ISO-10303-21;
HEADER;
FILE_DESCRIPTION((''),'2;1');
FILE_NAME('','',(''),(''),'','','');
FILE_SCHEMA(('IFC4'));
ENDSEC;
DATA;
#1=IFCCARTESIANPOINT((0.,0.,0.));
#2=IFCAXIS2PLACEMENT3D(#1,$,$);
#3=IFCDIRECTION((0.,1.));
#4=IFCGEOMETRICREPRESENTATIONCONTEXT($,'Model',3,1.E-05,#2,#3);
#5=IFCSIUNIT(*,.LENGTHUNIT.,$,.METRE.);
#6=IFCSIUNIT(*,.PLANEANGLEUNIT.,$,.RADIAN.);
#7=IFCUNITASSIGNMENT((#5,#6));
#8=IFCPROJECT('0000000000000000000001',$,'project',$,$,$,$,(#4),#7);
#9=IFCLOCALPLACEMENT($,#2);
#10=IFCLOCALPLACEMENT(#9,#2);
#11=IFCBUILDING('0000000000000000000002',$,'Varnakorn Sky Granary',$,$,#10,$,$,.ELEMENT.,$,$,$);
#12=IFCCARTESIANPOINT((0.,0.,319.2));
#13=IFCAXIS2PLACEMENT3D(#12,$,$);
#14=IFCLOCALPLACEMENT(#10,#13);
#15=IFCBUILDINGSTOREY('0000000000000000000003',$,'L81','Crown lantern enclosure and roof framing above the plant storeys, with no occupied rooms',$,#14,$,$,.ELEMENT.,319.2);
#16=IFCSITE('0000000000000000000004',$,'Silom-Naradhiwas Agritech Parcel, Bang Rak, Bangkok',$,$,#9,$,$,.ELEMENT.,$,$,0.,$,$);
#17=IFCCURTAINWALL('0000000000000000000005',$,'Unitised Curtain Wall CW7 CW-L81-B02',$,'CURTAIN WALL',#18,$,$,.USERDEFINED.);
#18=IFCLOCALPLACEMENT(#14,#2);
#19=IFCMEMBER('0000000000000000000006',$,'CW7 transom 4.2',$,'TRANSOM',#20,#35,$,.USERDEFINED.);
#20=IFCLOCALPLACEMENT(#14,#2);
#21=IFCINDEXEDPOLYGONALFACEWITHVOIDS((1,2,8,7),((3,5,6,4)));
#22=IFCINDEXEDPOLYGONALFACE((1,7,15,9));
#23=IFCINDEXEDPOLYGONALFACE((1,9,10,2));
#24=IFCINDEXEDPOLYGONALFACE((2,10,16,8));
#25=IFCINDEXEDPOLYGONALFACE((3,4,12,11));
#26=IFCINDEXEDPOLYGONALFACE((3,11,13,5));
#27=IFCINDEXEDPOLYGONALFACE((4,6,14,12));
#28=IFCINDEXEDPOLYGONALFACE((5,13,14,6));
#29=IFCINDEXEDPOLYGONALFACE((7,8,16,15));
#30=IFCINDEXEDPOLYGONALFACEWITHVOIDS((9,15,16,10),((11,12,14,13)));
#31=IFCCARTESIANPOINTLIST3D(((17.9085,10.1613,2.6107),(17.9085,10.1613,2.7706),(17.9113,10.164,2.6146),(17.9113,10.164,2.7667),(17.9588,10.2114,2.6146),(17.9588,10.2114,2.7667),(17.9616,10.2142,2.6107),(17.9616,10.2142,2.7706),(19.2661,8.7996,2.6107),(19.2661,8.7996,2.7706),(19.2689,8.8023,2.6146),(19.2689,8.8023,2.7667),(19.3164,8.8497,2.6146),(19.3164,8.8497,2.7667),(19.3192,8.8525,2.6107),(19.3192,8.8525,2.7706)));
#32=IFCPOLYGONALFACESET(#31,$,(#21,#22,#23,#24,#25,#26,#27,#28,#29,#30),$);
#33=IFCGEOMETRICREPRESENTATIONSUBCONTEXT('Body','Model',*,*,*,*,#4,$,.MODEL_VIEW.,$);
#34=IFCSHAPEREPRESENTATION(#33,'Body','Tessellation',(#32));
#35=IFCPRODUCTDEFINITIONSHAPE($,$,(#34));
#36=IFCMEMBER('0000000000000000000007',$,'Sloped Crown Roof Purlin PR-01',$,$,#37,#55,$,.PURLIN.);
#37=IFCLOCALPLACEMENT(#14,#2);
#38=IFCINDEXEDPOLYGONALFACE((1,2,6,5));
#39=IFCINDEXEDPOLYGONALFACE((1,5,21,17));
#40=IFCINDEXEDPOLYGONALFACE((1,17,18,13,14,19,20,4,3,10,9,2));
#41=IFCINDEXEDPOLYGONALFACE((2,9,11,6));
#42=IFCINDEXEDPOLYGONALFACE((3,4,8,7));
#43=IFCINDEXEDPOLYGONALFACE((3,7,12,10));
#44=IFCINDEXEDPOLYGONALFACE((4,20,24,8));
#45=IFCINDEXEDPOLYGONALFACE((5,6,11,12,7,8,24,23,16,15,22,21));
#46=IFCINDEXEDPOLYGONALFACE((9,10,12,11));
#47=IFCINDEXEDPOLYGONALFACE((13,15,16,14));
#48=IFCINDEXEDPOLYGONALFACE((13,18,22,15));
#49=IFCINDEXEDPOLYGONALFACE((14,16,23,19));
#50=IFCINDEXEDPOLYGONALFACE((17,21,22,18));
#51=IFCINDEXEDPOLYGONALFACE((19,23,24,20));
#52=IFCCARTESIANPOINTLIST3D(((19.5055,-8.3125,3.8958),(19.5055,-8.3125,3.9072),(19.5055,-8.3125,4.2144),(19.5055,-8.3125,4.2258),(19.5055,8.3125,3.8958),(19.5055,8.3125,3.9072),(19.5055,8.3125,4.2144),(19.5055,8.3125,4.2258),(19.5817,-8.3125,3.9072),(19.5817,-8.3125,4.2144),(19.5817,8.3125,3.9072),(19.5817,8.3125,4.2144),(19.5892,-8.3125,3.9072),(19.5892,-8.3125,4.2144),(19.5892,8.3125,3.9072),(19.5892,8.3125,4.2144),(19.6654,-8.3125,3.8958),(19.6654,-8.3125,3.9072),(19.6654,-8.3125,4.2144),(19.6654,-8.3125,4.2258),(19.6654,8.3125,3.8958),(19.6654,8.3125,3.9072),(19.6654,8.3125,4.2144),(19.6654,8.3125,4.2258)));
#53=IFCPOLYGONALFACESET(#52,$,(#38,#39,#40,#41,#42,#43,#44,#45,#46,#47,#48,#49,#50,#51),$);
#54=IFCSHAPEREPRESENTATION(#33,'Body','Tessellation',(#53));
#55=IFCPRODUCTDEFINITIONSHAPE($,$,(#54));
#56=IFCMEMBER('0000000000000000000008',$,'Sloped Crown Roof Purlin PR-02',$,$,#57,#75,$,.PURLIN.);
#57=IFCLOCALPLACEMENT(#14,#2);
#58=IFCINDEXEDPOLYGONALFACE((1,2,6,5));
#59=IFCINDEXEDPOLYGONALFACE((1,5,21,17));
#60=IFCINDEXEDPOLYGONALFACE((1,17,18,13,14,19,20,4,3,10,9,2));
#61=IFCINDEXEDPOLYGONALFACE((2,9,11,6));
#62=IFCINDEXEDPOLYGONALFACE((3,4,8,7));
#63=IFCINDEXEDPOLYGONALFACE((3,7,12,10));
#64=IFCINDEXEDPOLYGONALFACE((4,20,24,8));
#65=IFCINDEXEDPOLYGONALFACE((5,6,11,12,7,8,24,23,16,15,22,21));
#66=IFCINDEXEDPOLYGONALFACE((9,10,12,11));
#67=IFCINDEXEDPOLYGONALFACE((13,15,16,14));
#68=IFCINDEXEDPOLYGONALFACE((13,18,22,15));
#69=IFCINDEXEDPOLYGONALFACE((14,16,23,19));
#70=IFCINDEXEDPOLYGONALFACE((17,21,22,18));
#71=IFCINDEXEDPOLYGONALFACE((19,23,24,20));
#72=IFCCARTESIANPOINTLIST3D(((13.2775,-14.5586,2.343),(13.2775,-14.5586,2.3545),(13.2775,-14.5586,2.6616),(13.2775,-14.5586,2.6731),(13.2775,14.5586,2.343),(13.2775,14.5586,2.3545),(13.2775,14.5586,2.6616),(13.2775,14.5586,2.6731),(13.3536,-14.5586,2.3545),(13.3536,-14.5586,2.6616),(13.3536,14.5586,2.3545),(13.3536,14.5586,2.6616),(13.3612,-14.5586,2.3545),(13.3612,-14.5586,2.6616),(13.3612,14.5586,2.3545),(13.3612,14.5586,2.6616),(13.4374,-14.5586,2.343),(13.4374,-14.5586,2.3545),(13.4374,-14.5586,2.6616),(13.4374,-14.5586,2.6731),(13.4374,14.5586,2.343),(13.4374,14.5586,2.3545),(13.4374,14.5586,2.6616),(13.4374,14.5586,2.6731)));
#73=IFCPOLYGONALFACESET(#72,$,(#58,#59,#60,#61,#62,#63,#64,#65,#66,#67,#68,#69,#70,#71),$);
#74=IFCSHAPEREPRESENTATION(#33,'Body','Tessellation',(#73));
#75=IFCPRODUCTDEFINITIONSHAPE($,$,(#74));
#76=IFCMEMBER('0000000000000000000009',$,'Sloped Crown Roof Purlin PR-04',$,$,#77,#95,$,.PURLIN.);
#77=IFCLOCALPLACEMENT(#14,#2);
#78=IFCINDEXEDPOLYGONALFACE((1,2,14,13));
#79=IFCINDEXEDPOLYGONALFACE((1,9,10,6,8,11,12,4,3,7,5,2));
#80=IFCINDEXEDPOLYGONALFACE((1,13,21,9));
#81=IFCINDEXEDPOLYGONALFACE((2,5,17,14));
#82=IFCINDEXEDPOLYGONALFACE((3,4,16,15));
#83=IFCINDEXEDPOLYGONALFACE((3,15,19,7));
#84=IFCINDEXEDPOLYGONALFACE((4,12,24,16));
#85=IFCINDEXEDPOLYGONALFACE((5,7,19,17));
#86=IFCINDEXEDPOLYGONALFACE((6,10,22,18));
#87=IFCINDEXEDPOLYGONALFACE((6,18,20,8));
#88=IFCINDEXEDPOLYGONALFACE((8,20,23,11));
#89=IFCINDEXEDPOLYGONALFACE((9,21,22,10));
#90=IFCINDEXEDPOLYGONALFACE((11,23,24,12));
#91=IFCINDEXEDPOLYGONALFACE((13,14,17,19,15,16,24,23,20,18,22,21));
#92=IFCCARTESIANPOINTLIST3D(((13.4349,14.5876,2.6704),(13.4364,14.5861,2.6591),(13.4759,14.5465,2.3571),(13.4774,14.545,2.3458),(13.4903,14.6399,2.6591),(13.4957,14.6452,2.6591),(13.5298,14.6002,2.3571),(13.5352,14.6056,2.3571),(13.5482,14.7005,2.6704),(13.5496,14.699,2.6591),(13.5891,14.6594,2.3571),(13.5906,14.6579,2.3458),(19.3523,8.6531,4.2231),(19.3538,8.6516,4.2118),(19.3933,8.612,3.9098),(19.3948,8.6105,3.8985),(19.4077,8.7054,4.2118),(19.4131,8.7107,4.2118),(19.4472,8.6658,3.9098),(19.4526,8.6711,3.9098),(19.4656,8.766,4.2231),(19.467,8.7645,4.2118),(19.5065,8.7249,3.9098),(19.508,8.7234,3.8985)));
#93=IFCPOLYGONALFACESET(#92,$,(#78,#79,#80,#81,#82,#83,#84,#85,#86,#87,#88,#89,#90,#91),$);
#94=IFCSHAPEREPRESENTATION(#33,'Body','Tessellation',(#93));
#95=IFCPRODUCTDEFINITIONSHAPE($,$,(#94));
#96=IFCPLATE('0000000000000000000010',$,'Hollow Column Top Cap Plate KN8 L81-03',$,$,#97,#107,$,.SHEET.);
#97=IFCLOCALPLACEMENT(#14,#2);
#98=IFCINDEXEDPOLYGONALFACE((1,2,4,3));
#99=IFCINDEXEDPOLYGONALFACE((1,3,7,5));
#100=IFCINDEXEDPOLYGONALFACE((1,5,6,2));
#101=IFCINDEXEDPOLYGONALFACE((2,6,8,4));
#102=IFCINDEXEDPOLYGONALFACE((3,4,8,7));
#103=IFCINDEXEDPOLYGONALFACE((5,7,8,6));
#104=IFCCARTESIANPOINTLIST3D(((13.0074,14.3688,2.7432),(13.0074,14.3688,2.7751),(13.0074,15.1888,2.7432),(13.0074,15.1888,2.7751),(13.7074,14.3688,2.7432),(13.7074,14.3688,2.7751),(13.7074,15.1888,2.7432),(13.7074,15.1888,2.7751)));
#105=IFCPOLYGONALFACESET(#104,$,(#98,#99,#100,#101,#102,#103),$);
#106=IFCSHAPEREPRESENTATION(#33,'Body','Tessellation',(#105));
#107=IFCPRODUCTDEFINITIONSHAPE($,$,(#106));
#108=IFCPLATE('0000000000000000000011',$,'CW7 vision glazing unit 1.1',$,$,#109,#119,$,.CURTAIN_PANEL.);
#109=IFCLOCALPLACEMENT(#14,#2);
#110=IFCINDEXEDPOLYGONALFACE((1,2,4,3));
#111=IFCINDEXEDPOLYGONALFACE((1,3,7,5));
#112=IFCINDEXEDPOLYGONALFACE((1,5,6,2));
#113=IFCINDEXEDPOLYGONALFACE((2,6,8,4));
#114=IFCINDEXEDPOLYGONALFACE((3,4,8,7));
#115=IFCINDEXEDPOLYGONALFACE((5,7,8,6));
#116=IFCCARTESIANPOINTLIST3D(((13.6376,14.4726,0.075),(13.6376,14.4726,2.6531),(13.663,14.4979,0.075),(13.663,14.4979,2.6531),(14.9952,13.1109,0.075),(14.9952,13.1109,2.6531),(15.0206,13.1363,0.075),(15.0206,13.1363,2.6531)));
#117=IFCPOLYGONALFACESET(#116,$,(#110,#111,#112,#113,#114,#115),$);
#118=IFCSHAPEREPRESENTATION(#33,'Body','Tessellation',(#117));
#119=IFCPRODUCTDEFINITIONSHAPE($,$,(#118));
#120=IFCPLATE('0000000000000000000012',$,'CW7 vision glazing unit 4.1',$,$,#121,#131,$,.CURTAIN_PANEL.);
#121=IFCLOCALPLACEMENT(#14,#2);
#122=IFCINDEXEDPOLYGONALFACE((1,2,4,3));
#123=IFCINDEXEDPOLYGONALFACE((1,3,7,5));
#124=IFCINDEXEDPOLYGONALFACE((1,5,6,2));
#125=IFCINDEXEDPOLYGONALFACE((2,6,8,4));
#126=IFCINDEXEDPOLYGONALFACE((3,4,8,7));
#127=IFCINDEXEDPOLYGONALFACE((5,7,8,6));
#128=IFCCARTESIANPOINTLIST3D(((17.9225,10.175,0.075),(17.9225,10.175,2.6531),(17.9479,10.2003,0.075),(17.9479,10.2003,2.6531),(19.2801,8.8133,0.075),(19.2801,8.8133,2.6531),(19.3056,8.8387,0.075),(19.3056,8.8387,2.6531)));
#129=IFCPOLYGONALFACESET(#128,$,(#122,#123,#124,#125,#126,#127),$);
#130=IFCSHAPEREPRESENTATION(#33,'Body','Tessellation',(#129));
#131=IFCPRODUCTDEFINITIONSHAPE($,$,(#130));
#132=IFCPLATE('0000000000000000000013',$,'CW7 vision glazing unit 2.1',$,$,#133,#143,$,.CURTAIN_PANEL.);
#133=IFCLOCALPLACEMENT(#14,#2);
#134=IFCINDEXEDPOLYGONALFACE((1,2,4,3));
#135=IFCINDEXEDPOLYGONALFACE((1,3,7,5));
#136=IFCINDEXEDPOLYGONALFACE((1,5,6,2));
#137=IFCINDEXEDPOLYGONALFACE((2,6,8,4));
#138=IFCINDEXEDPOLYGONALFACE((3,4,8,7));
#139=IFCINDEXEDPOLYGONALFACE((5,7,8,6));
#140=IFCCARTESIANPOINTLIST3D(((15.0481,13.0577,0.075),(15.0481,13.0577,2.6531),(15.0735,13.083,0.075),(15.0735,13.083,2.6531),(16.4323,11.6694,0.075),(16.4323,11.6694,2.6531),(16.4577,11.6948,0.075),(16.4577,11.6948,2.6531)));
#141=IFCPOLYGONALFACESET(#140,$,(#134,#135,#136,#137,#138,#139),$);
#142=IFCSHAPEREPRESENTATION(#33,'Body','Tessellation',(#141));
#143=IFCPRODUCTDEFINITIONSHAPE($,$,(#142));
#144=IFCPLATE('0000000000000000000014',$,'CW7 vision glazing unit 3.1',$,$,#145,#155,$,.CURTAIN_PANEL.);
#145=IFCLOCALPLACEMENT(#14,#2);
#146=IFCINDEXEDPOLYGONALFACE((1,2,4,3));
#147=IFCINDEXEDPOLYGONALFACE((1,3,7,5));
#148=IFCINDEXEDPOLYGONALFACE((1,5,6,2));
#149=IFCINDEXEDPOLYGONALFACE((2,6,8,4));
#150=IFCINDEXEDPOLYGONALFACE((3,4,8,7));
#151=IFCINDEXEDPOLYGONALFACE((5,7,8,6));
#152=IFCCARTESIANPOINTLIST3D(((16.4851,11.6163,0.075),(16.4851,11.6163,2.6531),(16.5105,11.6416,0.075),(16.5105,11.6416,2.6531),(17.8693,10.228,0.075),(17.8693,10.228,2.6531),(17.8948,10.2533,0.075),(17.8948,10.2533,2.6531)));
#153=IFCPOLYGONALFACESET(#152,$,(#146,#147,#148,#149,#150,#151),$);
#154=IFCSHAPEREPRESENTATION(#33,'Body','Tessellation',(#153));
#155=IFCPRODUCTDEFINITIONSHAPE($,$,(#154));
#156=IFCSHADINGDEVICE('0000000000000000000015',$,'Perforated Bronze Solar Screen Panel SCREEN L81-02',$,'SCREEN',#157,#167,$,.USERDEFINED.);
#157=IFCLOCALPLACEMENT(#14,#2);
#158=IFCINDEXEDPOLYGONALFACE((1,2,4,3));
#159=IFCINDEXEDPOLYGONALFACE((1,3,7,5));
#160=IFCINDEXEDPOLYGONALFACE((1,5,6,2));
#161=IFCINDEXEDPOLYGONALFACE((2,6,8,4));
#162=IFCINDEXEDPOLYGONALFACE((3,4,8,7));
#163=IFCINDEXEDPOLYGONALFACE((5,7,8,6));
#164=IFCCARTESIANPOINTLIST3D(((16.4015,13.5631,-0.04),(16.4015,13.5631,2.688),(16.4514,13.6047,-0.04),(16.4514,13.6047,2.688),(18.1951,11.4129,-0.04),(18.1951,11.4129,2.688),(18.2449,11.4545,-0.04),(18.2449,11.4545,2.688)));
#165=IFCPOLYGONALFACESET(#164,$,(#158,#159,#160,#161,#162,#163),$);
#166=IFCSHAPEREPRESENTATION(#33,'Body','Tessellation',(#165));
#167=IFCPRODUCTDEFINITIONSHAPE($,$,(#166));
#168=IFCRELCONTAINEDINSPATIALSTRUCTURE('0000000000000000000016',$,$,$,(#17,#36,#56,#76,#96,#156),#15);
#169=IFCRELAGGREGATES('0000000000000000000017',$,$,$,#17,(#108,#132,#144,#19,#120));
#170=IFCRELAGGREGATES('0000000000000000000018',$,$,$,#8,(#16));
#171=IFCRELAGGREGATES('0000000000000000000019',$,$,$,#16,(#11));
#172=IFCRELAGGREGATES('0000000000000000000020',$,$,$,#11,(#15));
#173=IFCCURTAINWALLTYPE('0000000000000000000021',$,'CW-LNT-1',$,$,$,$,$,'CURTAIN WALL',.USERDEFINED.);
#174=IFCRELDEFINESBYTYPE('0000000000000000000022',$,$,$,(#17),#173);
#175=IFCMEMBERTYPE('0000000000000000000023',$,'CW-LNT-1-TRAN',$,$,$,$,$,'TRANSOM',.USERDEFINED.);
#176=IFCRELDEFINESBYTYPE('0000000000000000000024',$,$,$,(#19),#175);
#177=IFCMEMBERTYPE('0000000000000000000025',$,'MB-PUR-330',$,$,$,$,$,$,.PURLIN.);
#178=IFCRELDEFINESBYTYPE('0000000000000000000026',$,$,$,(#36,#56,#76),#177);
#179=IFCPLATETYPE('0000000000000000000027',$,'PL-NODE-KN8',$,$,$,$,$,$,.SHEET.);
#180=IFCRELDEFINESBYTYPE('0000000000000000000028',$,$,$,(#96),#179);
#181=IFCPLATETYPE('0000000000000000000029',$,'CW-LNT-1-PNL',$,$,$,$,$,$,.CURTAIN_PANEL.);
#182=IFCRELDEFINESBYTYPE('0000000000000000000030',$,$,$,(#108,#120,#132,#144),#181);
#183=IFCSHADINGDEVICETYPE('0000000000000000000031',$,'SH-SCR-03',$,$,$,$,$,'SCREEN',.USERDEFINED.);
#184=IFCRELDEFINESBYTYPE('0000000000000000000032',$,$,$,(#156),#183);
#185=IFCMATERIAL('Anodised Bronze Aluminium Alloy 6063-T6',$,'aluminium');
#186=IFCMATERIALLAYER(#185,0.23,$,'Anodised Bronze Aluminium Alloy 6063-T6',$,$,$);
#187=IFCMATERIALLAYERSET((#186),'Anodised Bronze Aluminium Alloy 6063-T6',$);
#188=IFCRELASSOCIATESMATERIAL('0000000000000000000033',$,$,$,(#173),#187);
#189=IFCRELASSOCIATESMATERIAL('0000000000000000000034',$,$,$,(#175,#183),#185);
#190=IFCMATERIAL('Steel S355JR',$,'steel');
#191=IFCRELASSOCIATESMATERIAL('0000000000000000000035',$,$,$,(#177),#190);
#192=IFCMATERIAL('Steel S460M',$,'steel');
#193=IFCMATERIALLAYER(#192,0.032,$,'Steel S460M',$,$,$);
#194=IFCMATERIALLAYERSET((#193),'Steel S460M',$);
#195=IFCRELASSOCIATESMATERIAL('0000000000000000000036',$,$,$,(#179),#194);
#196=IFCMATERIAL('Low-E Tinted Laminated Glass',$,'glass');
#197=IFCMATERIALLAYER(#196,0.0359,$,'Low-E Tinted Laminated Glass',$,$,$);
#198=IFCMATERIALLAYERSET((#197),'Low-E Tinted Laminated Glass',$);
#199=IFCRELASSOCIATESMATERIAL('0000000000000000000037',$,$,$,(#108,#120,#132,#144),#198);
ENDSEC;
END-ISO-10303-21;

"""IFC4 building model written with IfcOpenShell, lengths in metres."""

from ifc_helpers import new_model, si_unit, direction, frame, origin, origin_2d, place, context, subcontext, project, spatial, rectangle, hollow_rectangle, i_section, extrude, source, transform, mapped, material, layer, layer_set, material_profile, profile_set, type_object, type_shapes, element, aggregate, save


model = new_model("IFC4")

# Units and contexts
model_context = context("Model", 3, precision=1e-05, world=origin(), true_north=direction((0.0, 1.0)))
body_context = subcontext(model_context, "Body", "Model", "MODEL_VIEW")
ifc_project = project(units=[si_unit("LENGTHUNIT", "METRE"), si_unit("PLANEANGLEUNIT", "RADIAN")], contexts=[model_context])

# Site, building, storey
site_placement = place(None, origin())
site = spatial("IfcSite", under=ifc_project, at=site_placement, Name="Silom-Naradhiwas Agritech Parcel, Bang Rak, Bangkok", CompositionType="ELEMENT", RefElevation=0.0)
building_placement = place(site_placement, origin())
building = spatial("IfcBuilding", under=site, at=building_placement, Name="Varnakorn Sky Granary", CompositionType="ELEMENT")
storey_placement = place(building_placement, frame((0.0, 0.0, 319.2)))
storey = spatial("IfcBuildingStorey", under=building, at=storey_placement, Name="L81", Description="Crown lantern enclosure and roof framing above the plant storeys, with no occupied rooms", CompositionType="ELEMENT", Elevation=319.2)

# Shared definitions
ifc_material_1 = material(Name="Steel S460M", Category="steel")

# Shared definitions
ifc_material_2 = material(Name="Steel S355JR", Category="steel")

# Curtain wall
ifc_material_3 = material(Name="Anodised Bronze Aluminium Alloy 6063-T6", Category="aluminium")
ifc_layer_1 = layer(ifc_material_3, 0.23, Name="Anodised Bronze Aluminium Alloy 6063-T6")
ifc_layer_set_1 = layer_set([ifc_layer_1], Name="Anodised Bronze Aluminium Alloy 6063-T6")
curtain_wall_type = type_object("IfcCurtainWallType", Name="CW-LNT-1", ElementType="CURTAIN WALL", PredefinedType="USERDEFINED", material=ifc_layer_set_1)
curtain_wall_1_placement = place(storey_placement, origin())
curtain_wall_1 = element("IfcCurtainWall", 1, at=curtain_wall_1_placement, inside=storey, type_object=curtain_wall_type, Name="Unitised Curtain Wall CW7 CW-L81-B02", ObjectType="CURTAIN WALL", PredefinedType="USERDEFINED")

# Member
ifc_material_profile_1 = material_profile(ifc_material_3, hollow_rectangle(XDim=0.075, YDim=0.1599, WallThickness=0.0039, at=origin_2d()), Name="ALU TRAN 75x160")
ifc_profile_set_1 = profile_set([ifc_material_profile_1], Name="Anodised Bronze Aluminium Alloy 6063-T6")
member_type_1 = type_object("IfcMemberType", Name="CW-LNT-1-TRAN", ElementType="TRANSOM", PredefinedType="USERDEFINED", material=ifc_profile_set_1)
member_1_placement = place(storey_placement, frame((17.9351, 10.1877, 2.6907), z_axis=(0.706027, -0.708185, 0.0), x_axis=(0.708185, 0.706027, 0.0)))
member_1 = element("IfcMember", 2, at=member_1_placement, type_object=member_type_1, Name="CW7 transom 4.2", ObjectType="TRANSOM", PredefinedType="USERDEFINED", context=body_context, shape_type="SweptSolid", body=[
    extrude(hollow_rectangle(XDim=0.075, YDim=0.1599, WallThickness=0.0039, at=origin_2d()), origin(), (0.0, 0.0, 1.0), 1.9229),
])

# Members
ifc_material_profile_2 = material_profile(ifc_material_2, i_section(OverallWidth=0.1599, OverallDepth=0.3301, WebThickness=0.0076, FlangeThickness=0.0115, at=origin_2d()), Name="IPE 330")
ifc_profile_set_2 = profile_set([ifc_material_profile_2], Name="Steel S355JR")
member_type_2 = type_object("IfcMemberType", Name="MB-PUR-330", PredefinedType="PURLIN", material=ifc_profile_set_2)
member_2_placement = place(storey_placement, frame((19.5854, 8.3125, 4.0608), z_axis=(0.0, -1.0, 0.0), x_axis=(1.0, 0.0, 0.0)))
element("IfcMember", 3, at=member_2_placement, inside=storey, type_object=member_type_2, Name="Sloped Crown Roof Purlin PR-01", PredefinedType="PURLIN", context=body_context, shape_type="SweptSolid", body=[
    extrude(i_section(OverallWidth=0.1599, OverallDepth=0.3301, WebThickness=0.0076, FlangeThickness=0.0115, at=origin_2d()), origin(), (0.0, 0.0, 1.0), 16.625),
])
member_3_placement = place(storey_placement, frame((13.3574, 14.5586, 2.5081), z_axis=(0.0, -1.0, 0.0), x_axis=(1.0, 0.0, 0.0)))
element("IfcMember", 4, at=member_3_placement, inside=storey, type_object=member_type_2, Name="Sloped Crown Roof Purlin PR-02", PredefinedType="PURLIN", context=body_context, shape_type="SweptSolid", body=[
    extrude(i_section(OverallWidth=0.1599, OverallDepth=0.3301, WebThickness=0.0076, FlangeThickness=0.0115, at=origin_2d()), origin(), (0.0, 0.0, 1.0), 29.1172),
])
member_4_placement = place(storey_placement, frame((19.4302, 8.6882, 4.0608), z_axis=(-0.694271, 0.696276, -0.182175), x_axis=(-0.708126, -0.706086, 0.0)))
element("IfcMember", 5, at=member_4_placement, inside=storey, type_object=member_type_2, Name="Sloped Crown Roof Purlin PR-04", PredefinedType="PURLIN", context=body_context, shape_type="SweptSolid", body=[
    extrude(i_section(OverallWidth=0.1599, OverallDepth=0.3301, WebThickness=0.0076, FlangeThickness=0.0115, at=origin_2d()), origin(), (0.0, 0.0, 1.0), 8.5232),
])

# Plates
ifc_layer_2 = layer(ifc_material_1, 0.032, Name="Steel S460M")
ifc_layer_set_2 = layer_set([ifc_layer_2], Name="Steel S460M")
plate_type_1 = type_object("IfcPlateType", Name="PL-NODE-KN8", PredefinedType="SHEET", material=ifc_layer_set_2)
plate_1_placement = place(storey_placement, frame((13.3574, 14.7788, 2.7432), z_axis=(0.0, 0.0, 1.0), x_axis=(1.0, 0.0, 0.0)))
element("IfcPlate", 6, at=plate_1_placement, inside=storey, type_object=plate_type_1, Name="Hollow Column Top Cap Plate KN8 L81-03", PredefinedType="SHEET", context=body_context, shape_type="SweptSolid", body=[
    extrude(rectangle(XDim=0.7, YDim=0.8201, at=origin_2d()), origin(), (0.0, 0.0, 1.0), 0.032),
])
ifc_material_4 = material(Name="Low-E Tinted Laminated Glass", Category="glass")
ifc_layer_3 = layer(ifc_material_4, 0.0359, Name="Low-E Tinted Laminated Glass")
ifc_layer_set_3 = layer_set([ifc_layer_3], Name="Low-E Tinted Laminated Glass")
plate_type_2 = type_object("IfcPlateType", Name="CW-LNT-1-PNL", PredefinedType="CURTAIN_PANEL")
shared_shape_1 = source(origin(), body_context, "Body", "SweptSolid", [
    extrude(rectangle(XDim=1.9229, YDim=0.0359, at=origin_2d()), origin(), (0.0, 0.0, 1.0), 2.5781),
])
plate_2_placement = place(storey_placement, frame((14.3291, 13.8044, 0.075), z_axis=(0.0, 0.0, 1.0), x_axis=(0.706068, -0.708144, 0.0)))
plate_2 = element("IfcPlate", 7, at=plate_2_placement, type_object=plate_type_2, material=ifc_layer_set_3, Name="CW7 vision glazing unit 1.1", PredefinedType="CURTAIN_PANEL", context=body_context, shape_type="MappedRepresentation", body=[
    mapped(shared_shape_1, transform((0.0, 0.0, 0.0), x_axis=(1.0, 0.0, 0.0), y_axis=(0.0, 1.0, 0.0), z_axis=(0.0, 0.0, 1.0), scale=1.0)),
])
plate_3_placement = place(storey_placement, frame((18.614, 9.5068, 0.075), z_axis=(0.0, 0.0, 1.0), x_axis=(0.706068, -0.708144, 0.0)))
plate_3 = element("IfcPlate", 8, at=plate_3_placement, type_object=plate_type_2, material=ifc_layer_set_3, Name="CW7 vision glazing unit 4.1", PredefinedType="CURTAIN_PANEL", context=body_context, shape_type="MappedRepresentation", body=[
    mapped(shared_shape_1, transform((0.0, 0.0, 0.0), x_axis=(1.0, 0.0, 0.0), y_axis=(0.0, 1.0, 0.0), z_axis=(0.0, 0.0, 1.0), scale=1.0)),
])
shared_shape_2 = source(origin(), body_context, "Body", "SweptSolid", [
    extrude(rectangle(XDim=1.9604, YDim=0.0359, at=origin_2d()), origin(), (0.0, 0.0, 1.0), 2.5781),
])
type_shapes(plate_type_2, [shared_shape_1, shared_shape_2])
plate_4_placement = place(storey_placement, frame((15.7529, 12.3762, 0.075), z_axis=(0.0, 0.0, 1.0), x_axis=(0.706068, -0.708144, 0.0)))
plate_4 = element("IfcPlate", 9, at=plate_4_placement, type_object=plate_type_2, material=ifc_layer_set_3, Name="CW7 vision glazing unit 2.1", PredefinedType="CURTAIN_PANEL", context=body_context, shape_type="MappedRepresentation", body=[
    mapped(shared_shape_2, transform((0.0, 0.0, 0.0), x_axis=(1.0, 0.0, 0.0), y_axis=(0.0, 1.0, 0.0), z_axis=(0.0, 0.0, 1.0), scale=1.0)),
])
plate_5_placement = place(storey_placement, frame((17.1899, 10.9348, 0.075), z_axis=(0.0, 0.0, 1.0), x_axis=(0.706068, -0.708144, 0.0)))
plate_5 = element("IfcPlate", 10, at=plate_5_placement, type_object=plate_type_2, material=ifc_layer_set_3, Name="CW7 vision glazing unit 3.1", PredefinedType="CURTAIN_PANEL", context=body_context, shape_type="MappedRepresentation", body=[
    mapped(shared_shape_2, transform((0.0, 0.0, 0.0), x_axis=(1.0, 0.0, 0.0), y_axis=(0.0, 1.0, 0.0), z_axis=(0.0, 0.0, 1.0), scale=1.0)),
])
aggregate(curtain_wall_1, [plate_2, plate_4, plate_5, member_1, plate_3])

# Shading device
shading_device_type = type_object("IfcShadingDeviceType", Name="SH-SCR-03", ElementType="SCREEN", PredefinedType="USERDEFINED", material=ifc_material_3)
shared_shape_3 = source(origin(), body_context, "Body", "SweptSolid", [
    extrude(rectangle(XDim=2.8, YDim=0.0649, at=origin_2d()), origin(), (0.0, 0.0, 1.0), 2.728),
])
type_shapes(shading_device_type, [shared_shape_3])
shading_device_placement = place(storey_placement, frame((17.3232, 12.5088, -0.04), z_axis=(0.0, 0.0, 1.0), x_axis=(-0.64054, 0.767925, 0.0)))
element("IfcShadingDevice", 11, at=shading_device_placement, inside=storey, type_object=shading_device_type, Name="Perforated Bronze Solar Screen Panel SCREEN L81-02", ObjectType="SCREEN", PredefinedType="USERDEFINED", context=body_context, shape_type="MappedRepresentation", body=[
    mapped(shared_shape_3, transform((0.0, 0.0, 0.0), x_axis=(1.0, 0.0, 0.0), y_axis=(0.0, 1.0, 0.0), z_axis=(0.0, 0.0, 1.0), scale=1.0)),
])

save(model, "model.ifc")
